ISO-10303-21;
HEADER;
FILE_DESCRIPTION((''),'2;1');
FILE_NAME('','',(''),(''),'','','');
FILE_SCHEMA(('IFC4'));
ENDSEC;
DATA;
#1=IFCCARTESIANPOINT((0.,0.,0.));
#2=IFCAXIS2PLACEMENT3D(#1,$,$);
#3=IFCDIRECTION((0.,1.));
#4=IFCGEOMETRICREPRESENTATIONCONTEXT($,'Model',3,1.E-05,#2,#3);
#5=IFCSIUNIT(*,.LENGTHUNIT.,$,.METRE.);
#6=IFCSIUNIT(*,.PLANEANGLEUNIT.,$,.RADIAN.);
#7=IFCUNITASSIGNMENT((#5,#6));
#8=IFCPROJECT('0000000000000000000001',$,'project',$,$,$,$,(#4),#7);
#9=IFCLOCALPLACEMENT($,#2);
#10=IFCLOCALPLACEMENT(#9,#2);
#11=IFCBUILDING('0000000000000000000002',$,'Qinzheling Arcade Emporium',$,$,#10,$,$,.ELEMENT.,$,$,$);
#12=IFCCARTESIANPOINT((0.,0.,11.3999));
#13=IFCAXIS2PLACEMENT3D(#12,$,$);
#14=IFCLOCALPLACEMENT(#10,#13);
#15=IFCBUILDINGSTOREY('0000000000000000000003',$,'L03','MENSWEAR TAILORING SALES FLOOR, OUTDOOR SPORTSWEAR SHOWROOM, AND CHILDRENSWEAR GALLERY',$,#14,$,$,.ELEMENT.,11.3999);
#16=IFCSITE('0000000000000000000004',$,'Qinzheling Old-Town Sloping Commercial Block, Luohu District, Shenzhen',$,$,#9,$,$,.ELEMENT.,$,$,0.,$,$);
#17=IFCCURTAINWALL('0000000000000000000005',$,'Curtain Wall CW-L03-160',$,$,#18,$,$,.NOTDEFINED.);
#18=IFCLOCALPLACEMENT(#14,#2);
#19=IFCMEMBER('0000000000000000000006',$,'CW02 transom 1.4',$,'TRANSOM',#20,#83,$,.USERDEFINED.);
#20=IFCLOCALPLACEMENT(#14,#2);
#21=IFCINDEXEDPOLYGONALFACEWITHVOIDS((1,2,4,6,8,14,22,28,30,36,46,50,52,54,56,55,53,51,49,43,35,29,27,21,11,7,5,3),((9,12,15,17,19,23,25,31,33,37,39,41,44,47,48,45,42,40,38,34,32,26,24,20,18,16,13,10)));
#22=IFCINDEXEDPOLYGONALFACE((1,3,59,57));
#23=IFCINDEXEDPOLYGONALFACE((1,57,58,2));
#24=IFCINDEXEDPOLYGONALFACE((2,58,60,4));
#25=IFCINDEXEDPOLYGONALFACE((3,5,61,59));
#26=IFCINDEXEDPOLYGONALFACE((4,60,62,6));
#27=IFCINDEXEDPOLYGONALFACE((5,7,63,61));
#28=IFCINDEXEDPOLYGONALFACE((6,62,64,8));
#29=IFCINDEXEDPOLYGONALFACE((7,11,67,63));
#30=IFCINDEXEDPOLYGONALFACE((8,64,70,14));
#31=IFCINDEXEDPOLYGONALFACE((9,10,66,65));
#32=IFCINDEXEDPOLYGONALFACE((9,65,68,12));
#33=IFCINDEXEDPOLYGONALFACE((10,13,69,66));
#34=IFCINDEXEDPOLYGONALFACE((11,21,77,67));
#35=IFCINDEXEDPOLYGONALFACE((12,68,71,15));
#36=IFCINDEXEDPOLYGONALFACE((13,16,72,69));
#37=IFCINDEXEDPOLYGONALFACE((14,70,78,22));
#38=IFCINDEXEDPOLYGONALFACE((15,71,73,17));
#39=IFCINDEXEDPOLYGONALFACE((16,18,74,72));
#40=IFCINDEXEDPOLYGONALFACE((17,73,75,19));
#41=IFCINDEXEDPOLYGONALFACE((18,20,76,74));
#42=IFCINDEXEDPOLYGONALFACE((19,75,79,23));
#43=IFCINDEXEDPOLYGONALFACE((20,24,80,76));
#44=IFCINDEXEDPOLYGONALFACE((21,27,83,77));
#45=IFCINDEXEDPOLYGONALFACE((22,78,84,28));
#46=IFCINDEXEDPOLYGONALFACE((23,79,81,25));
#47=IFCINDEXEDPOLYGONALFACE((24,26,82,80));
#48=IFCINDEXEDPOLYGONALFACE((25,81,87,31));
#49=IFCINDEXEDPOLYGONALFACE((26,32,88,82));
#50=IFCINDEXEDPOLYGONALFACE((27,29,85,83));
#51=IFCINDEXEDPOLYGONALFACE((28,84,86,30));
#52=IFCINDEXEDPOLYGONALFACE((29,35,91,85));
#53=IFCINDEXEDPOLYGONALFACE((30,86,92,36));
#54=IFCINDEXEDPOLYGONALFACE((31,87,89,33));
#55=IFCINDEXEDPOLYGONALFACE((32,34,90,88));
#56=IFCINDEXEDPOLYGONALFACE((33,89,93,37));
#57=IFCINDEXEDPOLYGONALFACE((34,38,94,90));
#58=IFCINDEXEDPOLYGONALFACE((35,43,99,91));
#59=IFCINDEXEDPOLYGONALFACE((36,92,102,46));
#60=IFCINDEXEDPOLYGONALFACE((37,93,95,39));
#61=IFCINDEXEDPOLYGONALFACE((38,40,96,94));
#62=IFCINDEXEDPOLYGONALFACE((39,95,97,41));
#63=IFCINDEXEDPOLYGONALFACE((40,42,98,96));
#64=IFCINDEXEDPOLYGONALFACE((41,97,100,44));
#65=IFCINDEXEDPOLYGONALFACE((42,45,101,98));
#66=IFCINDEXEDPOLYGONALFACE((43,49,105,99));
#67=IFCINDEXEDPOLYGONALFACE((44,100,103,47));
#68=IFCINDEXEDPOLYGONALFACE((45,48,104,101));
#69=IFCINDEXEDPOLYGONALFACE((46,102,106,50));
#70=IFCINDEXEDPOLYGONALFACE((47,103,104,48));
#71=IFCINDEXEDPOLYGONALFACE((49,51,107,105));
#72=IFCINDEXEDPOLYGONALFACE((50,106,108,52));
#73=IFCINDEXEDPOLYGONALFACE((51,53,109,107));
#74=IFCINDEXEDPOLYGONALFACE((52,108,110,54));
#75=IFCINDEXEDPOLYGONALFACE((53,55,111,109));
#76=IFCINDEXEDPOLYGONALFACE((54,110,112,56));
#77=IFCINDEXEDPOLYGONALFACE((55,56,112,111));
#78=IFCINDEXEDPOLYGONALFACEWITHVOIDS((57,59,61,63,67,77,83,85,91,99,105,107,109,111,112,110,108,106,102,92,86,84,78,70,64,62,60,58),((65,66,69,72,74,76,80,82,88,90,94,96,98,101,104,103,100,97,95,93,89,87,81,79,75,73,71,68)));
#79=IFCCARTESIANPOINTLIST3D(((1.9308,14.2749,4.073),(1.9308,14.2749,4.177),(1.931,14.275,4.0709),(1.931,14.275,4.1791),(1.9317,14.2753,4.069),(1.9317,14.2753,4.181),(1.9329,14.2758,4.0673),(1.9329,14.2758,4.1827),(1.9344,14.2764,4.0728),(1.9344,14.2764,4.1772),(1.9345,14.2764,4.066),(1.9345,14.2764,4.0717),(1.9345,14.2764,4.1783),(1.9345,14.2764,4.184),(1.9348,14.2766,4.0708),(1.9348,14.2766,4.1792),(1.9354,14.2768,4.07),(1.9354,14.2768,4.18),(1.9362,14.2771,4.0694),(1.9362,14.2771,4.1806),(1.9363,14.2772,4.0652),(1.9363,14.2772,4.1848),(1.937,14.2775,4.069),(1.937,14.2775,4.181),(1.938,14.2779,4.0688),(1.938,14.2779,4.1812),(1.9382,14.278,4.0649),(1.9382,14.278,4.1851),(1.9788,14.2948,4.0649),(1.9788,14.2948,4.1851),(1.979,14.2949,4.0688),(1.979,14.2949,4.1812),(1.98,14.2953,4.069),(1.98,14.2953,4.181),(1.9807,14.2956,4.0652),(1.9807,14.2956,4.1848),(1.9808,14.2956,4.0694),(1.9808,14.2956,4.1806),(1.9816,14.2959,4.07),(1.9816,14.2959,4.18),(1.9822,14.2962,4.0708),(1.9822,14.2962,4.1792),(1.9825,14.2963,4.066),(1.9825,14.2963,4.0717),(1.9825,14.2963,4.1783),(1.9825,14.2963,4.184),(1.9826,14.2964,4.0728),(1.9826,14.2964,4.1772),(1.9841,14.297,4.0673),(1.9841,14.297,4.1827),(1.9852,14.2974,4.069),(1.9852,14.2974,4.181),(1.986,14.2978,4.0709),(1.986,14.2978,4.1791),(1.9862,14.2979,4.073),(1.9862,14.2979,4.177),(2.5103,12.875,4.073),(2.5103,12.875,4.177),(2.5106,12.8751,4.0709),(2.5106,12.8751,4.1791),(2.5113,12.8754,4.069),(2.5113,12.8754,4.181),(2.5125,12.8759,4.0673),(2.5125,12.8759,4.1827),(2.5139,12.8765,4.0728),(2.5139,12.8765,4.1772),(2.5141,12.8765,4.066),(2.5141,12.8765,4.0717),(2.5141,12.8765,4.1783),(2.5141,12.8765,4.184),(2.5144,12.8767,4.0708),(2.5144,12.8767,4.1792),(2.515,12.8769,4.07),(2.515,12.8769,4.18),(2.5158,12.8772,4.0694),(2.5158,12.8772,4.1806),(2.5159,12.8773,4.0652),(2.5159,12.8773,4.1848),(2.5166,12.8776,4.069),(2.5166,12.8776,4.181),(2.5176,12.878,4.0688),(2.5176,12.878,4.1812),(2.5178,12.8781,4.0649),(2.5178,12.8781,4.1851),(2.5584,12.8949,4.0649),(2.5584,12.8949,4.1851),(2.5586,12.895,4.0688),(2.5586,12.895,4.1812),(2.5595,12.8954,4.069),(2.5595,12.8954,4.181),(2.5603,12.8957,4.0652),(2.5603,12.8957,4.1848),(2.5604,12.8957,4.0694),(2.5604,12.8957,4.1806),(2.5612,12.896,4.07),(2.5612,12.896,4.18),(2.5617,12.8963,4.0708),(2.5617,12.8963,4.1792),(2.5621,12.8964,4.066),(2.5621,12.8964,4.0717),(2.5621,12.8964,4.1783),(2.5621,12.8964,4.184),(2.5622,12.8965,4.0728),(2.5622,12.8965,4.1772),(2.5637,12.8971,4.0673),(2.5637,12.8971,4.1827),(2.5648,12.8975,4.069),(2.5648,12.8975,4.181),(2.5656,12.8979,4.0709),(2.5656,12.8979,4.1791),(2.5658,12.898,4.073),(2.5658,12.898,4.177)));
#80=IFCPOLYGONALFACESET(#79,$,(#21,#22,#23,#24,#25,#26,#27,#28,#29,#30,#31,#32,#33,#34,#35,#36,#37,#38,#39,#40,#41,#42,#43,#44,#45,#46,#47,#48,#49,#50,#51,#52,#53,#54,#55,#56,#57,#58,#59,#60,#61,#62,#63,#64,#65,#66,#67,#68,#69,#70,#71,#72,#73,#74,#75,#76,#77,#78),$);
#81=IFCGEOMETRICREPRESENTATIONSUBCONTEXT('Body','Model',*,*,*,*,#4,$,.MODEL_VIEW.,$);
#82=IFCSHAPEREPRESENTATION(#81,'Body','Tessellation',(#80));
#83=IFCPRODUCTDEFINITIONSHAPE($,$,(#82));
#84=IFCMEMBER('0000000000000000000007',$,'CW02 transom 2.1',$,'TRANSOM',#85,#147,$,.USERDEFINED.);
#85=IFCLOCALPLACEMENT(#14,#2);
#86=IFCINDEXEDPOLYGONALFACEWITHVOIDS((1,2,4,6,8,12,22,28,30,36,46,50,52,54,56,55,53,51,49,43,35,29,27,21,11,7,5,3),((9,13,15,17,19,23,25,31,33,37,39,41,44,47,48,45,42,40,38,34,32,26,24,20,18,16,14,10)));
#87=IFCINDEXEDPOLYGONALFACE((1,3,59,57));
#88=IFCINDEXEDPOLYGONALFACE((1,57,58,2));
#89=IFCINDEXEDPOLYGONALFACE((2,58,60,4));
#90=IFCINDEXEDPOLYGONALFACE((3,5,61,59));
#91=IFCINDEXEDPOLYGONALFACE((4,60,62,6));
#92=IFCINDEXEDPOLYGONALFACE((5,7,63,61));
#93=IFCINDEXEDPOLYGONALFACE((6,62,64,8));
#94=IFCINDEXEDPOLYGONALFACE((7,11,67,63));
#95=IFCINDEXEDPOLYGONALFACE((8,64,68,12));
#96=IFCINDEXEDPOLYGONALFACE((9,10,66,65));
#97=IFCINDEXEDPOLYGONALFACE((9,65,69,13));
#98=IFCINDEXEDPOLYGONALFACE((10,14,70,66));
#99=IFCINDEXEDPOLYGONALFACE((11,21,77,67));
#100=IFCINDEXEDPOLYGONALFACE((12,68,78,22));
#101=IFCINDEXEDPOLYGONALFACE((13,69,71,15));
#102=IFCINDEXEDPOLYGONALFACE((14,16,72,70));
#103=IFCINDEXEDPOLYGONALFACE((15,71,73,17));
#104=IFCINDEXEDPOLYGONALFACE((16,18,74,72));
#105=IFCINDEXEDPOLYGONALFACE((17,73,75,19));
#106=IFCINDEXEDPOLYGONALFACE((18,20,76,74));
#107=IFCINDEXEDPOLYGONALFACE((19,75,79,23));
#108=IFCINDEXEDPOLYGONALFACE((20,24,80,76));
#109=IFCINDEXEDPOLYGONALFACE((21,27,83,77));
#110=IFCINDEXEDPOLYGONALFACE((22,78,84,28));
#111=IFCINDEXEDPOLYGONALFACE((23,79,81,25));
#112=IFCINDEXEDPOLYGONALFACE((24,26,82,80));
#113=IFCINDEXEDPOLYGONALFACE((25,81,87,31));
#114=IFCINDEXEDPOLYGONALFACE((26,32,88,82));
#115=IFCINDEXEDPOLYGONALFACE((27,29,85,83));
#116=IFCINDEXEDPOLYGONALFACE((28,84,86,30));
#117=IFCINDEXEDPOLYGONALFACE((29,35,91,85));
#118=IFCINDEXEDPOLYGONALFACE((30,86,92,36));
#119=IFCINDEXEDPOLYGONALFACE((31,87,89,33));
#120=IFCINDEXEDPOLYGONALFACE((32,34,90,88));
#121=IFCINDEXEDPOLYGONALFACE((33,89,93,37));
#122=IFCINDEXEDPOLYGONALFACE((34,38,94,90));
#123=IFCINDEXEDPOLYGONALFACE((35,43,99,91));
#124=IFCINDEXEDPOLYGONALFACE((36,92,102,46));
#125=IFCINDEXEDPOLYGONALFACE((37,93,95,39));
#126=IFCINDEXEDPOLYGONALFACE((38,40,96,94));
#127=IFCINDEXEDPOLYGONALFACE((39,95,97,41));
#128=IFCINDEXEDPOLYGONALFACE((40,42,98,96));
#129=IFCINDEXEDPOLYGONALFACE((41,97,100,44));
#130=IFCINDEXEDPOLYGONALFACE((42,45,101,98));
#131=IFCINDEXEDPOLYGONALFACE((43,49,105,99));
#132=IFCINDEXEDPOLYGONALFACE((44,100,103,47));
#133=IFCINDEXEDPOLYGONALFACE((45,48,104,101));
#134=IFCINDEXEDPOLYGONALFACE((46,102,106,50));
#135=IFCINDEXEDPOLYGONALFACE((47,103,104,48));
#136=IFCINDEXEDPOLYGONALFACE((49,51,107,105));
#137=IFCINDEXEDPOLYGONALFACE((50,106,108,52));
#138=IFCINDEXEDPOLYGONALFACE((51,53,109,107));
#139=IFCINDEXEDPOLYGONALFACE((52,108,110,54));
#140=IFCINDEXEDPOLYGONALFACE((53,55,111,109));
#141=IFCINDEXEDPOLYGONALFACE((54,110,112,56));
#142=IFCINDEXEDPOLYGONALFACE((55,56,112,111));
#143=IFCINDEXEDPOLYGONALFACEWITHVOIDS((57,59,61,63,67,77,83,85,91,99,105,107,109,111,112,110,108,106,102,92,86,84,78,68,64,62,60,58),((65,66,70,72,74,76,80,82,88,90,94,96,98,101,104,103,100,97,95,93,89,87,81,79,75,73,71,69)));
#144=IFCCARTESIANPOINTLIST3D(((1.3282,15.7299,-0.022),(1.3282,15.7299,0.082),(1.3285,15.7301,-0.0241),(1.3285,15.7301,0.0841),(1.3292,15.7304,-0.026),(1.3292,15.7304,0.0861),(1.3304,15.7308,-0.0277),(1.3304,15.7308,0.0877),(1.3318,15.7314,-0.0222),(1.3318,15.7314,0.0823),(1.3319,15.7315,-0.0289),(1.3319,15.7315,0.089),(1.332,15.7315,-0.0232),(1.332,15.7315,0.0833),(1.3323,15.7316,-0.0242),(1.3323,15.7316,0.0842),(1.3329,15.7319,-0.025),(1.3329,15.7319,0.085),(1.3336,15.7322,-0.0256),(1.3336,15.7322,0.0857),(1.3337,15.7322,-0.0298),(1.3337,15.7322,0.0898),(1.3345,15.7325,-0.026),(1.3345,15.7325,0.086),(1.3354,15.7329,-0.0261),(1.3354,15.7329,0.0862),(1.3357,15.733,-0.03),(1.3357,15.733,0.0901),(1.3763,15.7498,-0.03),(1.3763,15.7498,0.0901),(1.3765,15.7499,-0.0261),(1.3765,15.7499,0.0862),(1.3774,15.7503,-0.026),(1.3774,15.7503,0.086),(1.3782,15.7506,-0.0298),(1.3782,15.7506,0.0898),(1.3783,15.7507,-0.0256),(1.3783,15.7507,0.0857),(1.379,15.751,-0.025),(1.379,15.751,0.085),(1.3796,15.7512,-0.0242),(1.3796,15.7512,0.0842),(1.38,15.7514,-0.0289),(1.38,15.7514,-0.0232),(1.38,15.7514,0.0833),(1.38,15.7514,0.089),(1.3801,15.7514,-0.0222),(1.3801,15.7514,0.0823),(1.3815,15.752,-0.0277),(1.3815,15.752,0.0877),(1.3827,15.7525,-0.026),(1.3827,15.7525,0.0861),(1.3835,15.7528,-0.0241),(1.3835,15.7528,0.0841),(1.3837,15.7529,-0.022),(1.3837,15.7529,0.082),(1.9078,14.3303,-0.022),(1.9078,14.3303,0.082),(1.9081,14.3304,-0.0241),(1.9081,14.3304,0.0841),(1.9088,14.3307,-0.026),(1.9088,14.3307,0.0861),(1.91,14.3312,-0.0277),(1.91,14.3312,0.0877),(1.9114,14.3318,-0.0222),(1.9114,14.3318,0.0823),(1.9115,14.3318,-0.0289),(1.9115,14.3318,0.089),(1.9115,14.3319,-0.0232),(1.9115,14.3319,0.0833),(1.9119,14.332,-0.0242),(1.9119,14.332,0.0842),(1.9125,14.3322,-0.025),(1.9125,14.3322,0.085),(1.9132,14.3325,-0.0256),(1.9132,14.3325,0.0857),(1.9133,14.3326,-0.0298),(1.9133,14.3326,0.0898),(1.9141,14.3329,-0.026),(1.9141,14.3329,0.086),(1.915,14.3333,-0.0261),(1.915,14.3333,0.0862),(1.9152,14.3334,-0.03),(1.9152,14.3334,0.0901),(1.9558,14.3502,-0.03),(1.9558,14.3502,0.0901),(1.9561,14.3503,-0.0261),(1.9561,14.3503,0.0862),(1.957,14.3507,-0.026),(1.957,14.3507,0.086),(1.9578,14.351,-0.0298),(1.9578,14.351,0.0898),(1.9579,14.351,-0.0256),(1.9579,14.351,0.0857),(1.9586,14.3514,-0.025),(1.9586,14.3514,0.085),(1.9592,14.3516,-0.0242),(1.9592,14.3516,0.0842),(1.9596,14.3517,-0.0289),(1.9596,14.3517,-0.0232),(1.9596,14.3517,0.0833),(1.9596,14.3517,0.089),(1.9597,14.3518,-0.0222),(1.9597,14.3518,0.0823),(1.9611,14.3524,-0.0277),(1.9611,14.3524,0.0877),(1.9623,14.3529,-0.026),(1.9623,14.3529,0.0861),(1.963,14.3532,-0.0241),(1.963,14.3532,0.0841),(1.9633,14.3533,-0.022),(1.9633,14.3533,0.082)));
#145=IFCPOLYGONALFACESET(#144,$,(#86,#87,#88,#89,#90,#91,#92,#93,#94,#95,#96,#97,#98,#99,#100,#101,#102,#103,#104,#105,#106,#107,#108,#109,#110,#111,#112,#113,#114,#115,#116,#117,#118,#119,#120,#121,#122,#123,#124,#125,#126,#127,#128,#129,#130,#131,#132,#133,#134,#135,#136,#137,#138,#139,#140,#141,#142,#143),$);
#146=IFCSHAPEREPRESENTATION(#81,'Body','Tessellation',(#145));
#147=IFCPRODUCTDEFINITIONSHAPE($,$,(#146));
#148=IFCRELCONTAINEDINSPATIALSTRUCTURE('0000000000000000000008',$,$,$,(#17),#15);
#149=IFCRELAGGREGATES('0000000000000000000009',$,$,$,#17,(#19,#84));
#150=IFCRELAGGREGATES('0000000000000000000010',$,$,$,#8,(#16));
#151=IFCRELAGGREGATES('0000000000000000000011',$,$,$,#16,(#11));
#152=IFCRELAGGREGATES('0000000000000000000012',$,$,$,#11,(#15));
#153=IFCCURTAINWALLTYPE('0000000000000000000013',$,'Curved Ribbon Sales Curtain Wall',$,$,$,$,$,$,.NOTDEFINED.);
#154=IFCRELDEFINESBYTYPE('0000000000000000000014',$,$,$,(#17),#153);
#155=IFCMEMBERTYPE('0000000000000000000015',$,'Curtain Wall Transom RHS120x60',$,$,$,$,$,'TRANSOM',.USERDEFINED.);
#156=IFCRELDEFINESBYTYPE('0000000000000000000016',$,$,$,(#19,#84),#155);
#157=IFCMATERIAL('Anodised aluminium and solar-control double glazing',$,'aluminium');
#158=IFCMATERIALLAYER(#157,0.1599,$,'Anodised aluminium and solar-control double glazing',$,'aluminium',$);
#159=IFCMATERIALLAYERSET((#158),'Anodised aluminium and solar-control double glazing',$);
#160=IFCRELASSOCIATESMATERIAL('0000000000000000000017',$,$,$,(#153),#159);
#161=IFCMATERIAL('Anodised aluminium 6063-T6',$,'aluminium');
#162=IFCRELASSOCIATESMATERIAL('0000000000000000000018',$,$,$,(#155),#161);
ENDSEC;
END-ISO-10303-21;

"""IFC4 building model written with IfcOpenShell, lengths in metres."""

from ifc_helpers import new_model, si_unit, direction, frame, origin, origin_2d, place, context, subcontext, project, spatial, hollow_rectangle, extrude, material, layer, layer_set, material_profile, profile_set, type_object, element, aggregate, save


model = new_model("IFC4")

# Units and contexts
model_context = context("Model", 3, precision=1e-05, world=origin(), true_north=direction((0.0, 1.0)))
body_context = subcontext(model_context, "Body", "Model", "MODEL_VIEW")
ifc_project = project(units=[si_unit("LENGTHUNIT", "METRE"), si_unit("PLANEANGLEUNIT", "RADIAN")], contexts=[model_context])

# Site, building, storey
site_placement = place(None, origin())
site = spatial("IfcSite", under=ifc_project, at=site_placement, Name="Qinzheling Old-Town Sloping Commercial Block, Luohu District, Shenzhen", CompositionType="ELEMENT", RefElevation=0.0)
building_placement = place(site_placement, origin())
building = spatial("IfcBuilding", under=site, at=building_placement, Name="Qinzheling Arcade Emporium", CompositionType="ELEMENT")
storey_placement = place(building_placement, frame((0.0, 0.0, 11.3999)))
storey = spatial("IfcBuildingStorey", under=building, at=storey_placement, Name="L03", Description="MENSWEAR TAILORING SALES FLOOR, OUTDOOR SPORTSWEAR SHOWROOM, AND CHILDRENSWEAR GALLERY", CompositionType="ELEMENT", Elevation=11.3999)

# Curtain wall
ifc_material_1 = material(Name="Anodised aluminium and solar-control double glazing", Category="aluminium")
ifc_layer_1 = layer(ifc_material_1, 0.1599, Name="Anodised aluminium and solar-control double glazing", Category="aluminium")
ifc_layer_set_1 = layer_set([ifc_layer_1], Name="Anodised aluminium and solar-control double glazing")
curtain_wall_type = type_object("IfcCurtainWallType", Name="Curved Ribbon Sales Curtain Wall", PredefinedType="NOTDEFINED", material=ifc_layer_set_1)
curtain_wall_1_placement = place(storey_placement, origin())
curtain_wall_1 = element("IfcCurtainWall", 1, at=curtain_wall_1_placement, inside=storey, type_object=curtain_wall_type, Name="Curtain Wall CW-L03-160", PredefinedType="NOTDEFINED")
ifc_material_2 = material(Name="Anodised aluminium 6063-T6", Category="aluminium")

# Members
ifc_material_profile_1 = material_profile(ifc_material_2, hollow_rectangle(XDim=0.0601, YDim=0.1201, WallThickness=0.0039, InnerFilletRadius=0.0039, OuterFilletRadius=0.0081, at=origin_2d()), Name="RHS 120x60x4", Category="aluminium")
ifc_profile_set_1 = profile_set([ifc_material_profile_1], Name="Anodised aluminium 6063-T6")
member_type_1 = type_object("IfcMemberType", Name="Curtain Wall Transom RHS120x60", ElementType="TRANSOM", PredefinedType="USERDEFINED", material=ifc_profile_set_1)
member_1_placement = place(storey_placement, frame((2.5381, 12.8865, 4.125), z_axis=(-0.382532, 0.923942, 0.0), x_axis=(-0.923942, -0.382532, 0.0)))
member_1 = element("IfcMember", 2, at=member_1_placement, type_object=member_type_1, Name="CW02 transom 1.4", ObjectType="TRANSOM", PredefinedType="USERDEFINED", context=body_context, shape_type="SweptSolid", body=[
    extrude(hollow_rectangle(XDim=0.0601, YDim=0.1201, WallThickness=0.0039, InnerFilletRadius=0.0039, OuterFilletRadius=0.0081, at=origin_2d()), origin(), (0.0, 0.0, 1.0), 1.5151),
])
member_2_placement = place(storey_placement, frame((1.9355, 14.3418, 0.03), z_axis=(-0.382589, 0.923919, 0.0), x_axis=(-0.923919, -0.382589, 0.0)))
member_2 = element("IfcMember", 3, at=member_2_placement, type_object=member_type_1, Name="CW02 transom 2.1", ObjectType="TRANSOM", PredefinedType="USERDEFINED", context=body_context, shape_type="SweptSolid", body=[
    extrude(hollow_rectangle(XDim=0.0601, YDim=0.1201, WallThickness=0.0039, InnerFilletRadius=0.0039, OuterFilletRadius=0.0081, at=origin_2d()), origin(), (0.0, 0.0, 1.0), 1.5149),
])

aggregate(curtain_wall_1, [member_1, member_2])

save(model, "model.ifc")
